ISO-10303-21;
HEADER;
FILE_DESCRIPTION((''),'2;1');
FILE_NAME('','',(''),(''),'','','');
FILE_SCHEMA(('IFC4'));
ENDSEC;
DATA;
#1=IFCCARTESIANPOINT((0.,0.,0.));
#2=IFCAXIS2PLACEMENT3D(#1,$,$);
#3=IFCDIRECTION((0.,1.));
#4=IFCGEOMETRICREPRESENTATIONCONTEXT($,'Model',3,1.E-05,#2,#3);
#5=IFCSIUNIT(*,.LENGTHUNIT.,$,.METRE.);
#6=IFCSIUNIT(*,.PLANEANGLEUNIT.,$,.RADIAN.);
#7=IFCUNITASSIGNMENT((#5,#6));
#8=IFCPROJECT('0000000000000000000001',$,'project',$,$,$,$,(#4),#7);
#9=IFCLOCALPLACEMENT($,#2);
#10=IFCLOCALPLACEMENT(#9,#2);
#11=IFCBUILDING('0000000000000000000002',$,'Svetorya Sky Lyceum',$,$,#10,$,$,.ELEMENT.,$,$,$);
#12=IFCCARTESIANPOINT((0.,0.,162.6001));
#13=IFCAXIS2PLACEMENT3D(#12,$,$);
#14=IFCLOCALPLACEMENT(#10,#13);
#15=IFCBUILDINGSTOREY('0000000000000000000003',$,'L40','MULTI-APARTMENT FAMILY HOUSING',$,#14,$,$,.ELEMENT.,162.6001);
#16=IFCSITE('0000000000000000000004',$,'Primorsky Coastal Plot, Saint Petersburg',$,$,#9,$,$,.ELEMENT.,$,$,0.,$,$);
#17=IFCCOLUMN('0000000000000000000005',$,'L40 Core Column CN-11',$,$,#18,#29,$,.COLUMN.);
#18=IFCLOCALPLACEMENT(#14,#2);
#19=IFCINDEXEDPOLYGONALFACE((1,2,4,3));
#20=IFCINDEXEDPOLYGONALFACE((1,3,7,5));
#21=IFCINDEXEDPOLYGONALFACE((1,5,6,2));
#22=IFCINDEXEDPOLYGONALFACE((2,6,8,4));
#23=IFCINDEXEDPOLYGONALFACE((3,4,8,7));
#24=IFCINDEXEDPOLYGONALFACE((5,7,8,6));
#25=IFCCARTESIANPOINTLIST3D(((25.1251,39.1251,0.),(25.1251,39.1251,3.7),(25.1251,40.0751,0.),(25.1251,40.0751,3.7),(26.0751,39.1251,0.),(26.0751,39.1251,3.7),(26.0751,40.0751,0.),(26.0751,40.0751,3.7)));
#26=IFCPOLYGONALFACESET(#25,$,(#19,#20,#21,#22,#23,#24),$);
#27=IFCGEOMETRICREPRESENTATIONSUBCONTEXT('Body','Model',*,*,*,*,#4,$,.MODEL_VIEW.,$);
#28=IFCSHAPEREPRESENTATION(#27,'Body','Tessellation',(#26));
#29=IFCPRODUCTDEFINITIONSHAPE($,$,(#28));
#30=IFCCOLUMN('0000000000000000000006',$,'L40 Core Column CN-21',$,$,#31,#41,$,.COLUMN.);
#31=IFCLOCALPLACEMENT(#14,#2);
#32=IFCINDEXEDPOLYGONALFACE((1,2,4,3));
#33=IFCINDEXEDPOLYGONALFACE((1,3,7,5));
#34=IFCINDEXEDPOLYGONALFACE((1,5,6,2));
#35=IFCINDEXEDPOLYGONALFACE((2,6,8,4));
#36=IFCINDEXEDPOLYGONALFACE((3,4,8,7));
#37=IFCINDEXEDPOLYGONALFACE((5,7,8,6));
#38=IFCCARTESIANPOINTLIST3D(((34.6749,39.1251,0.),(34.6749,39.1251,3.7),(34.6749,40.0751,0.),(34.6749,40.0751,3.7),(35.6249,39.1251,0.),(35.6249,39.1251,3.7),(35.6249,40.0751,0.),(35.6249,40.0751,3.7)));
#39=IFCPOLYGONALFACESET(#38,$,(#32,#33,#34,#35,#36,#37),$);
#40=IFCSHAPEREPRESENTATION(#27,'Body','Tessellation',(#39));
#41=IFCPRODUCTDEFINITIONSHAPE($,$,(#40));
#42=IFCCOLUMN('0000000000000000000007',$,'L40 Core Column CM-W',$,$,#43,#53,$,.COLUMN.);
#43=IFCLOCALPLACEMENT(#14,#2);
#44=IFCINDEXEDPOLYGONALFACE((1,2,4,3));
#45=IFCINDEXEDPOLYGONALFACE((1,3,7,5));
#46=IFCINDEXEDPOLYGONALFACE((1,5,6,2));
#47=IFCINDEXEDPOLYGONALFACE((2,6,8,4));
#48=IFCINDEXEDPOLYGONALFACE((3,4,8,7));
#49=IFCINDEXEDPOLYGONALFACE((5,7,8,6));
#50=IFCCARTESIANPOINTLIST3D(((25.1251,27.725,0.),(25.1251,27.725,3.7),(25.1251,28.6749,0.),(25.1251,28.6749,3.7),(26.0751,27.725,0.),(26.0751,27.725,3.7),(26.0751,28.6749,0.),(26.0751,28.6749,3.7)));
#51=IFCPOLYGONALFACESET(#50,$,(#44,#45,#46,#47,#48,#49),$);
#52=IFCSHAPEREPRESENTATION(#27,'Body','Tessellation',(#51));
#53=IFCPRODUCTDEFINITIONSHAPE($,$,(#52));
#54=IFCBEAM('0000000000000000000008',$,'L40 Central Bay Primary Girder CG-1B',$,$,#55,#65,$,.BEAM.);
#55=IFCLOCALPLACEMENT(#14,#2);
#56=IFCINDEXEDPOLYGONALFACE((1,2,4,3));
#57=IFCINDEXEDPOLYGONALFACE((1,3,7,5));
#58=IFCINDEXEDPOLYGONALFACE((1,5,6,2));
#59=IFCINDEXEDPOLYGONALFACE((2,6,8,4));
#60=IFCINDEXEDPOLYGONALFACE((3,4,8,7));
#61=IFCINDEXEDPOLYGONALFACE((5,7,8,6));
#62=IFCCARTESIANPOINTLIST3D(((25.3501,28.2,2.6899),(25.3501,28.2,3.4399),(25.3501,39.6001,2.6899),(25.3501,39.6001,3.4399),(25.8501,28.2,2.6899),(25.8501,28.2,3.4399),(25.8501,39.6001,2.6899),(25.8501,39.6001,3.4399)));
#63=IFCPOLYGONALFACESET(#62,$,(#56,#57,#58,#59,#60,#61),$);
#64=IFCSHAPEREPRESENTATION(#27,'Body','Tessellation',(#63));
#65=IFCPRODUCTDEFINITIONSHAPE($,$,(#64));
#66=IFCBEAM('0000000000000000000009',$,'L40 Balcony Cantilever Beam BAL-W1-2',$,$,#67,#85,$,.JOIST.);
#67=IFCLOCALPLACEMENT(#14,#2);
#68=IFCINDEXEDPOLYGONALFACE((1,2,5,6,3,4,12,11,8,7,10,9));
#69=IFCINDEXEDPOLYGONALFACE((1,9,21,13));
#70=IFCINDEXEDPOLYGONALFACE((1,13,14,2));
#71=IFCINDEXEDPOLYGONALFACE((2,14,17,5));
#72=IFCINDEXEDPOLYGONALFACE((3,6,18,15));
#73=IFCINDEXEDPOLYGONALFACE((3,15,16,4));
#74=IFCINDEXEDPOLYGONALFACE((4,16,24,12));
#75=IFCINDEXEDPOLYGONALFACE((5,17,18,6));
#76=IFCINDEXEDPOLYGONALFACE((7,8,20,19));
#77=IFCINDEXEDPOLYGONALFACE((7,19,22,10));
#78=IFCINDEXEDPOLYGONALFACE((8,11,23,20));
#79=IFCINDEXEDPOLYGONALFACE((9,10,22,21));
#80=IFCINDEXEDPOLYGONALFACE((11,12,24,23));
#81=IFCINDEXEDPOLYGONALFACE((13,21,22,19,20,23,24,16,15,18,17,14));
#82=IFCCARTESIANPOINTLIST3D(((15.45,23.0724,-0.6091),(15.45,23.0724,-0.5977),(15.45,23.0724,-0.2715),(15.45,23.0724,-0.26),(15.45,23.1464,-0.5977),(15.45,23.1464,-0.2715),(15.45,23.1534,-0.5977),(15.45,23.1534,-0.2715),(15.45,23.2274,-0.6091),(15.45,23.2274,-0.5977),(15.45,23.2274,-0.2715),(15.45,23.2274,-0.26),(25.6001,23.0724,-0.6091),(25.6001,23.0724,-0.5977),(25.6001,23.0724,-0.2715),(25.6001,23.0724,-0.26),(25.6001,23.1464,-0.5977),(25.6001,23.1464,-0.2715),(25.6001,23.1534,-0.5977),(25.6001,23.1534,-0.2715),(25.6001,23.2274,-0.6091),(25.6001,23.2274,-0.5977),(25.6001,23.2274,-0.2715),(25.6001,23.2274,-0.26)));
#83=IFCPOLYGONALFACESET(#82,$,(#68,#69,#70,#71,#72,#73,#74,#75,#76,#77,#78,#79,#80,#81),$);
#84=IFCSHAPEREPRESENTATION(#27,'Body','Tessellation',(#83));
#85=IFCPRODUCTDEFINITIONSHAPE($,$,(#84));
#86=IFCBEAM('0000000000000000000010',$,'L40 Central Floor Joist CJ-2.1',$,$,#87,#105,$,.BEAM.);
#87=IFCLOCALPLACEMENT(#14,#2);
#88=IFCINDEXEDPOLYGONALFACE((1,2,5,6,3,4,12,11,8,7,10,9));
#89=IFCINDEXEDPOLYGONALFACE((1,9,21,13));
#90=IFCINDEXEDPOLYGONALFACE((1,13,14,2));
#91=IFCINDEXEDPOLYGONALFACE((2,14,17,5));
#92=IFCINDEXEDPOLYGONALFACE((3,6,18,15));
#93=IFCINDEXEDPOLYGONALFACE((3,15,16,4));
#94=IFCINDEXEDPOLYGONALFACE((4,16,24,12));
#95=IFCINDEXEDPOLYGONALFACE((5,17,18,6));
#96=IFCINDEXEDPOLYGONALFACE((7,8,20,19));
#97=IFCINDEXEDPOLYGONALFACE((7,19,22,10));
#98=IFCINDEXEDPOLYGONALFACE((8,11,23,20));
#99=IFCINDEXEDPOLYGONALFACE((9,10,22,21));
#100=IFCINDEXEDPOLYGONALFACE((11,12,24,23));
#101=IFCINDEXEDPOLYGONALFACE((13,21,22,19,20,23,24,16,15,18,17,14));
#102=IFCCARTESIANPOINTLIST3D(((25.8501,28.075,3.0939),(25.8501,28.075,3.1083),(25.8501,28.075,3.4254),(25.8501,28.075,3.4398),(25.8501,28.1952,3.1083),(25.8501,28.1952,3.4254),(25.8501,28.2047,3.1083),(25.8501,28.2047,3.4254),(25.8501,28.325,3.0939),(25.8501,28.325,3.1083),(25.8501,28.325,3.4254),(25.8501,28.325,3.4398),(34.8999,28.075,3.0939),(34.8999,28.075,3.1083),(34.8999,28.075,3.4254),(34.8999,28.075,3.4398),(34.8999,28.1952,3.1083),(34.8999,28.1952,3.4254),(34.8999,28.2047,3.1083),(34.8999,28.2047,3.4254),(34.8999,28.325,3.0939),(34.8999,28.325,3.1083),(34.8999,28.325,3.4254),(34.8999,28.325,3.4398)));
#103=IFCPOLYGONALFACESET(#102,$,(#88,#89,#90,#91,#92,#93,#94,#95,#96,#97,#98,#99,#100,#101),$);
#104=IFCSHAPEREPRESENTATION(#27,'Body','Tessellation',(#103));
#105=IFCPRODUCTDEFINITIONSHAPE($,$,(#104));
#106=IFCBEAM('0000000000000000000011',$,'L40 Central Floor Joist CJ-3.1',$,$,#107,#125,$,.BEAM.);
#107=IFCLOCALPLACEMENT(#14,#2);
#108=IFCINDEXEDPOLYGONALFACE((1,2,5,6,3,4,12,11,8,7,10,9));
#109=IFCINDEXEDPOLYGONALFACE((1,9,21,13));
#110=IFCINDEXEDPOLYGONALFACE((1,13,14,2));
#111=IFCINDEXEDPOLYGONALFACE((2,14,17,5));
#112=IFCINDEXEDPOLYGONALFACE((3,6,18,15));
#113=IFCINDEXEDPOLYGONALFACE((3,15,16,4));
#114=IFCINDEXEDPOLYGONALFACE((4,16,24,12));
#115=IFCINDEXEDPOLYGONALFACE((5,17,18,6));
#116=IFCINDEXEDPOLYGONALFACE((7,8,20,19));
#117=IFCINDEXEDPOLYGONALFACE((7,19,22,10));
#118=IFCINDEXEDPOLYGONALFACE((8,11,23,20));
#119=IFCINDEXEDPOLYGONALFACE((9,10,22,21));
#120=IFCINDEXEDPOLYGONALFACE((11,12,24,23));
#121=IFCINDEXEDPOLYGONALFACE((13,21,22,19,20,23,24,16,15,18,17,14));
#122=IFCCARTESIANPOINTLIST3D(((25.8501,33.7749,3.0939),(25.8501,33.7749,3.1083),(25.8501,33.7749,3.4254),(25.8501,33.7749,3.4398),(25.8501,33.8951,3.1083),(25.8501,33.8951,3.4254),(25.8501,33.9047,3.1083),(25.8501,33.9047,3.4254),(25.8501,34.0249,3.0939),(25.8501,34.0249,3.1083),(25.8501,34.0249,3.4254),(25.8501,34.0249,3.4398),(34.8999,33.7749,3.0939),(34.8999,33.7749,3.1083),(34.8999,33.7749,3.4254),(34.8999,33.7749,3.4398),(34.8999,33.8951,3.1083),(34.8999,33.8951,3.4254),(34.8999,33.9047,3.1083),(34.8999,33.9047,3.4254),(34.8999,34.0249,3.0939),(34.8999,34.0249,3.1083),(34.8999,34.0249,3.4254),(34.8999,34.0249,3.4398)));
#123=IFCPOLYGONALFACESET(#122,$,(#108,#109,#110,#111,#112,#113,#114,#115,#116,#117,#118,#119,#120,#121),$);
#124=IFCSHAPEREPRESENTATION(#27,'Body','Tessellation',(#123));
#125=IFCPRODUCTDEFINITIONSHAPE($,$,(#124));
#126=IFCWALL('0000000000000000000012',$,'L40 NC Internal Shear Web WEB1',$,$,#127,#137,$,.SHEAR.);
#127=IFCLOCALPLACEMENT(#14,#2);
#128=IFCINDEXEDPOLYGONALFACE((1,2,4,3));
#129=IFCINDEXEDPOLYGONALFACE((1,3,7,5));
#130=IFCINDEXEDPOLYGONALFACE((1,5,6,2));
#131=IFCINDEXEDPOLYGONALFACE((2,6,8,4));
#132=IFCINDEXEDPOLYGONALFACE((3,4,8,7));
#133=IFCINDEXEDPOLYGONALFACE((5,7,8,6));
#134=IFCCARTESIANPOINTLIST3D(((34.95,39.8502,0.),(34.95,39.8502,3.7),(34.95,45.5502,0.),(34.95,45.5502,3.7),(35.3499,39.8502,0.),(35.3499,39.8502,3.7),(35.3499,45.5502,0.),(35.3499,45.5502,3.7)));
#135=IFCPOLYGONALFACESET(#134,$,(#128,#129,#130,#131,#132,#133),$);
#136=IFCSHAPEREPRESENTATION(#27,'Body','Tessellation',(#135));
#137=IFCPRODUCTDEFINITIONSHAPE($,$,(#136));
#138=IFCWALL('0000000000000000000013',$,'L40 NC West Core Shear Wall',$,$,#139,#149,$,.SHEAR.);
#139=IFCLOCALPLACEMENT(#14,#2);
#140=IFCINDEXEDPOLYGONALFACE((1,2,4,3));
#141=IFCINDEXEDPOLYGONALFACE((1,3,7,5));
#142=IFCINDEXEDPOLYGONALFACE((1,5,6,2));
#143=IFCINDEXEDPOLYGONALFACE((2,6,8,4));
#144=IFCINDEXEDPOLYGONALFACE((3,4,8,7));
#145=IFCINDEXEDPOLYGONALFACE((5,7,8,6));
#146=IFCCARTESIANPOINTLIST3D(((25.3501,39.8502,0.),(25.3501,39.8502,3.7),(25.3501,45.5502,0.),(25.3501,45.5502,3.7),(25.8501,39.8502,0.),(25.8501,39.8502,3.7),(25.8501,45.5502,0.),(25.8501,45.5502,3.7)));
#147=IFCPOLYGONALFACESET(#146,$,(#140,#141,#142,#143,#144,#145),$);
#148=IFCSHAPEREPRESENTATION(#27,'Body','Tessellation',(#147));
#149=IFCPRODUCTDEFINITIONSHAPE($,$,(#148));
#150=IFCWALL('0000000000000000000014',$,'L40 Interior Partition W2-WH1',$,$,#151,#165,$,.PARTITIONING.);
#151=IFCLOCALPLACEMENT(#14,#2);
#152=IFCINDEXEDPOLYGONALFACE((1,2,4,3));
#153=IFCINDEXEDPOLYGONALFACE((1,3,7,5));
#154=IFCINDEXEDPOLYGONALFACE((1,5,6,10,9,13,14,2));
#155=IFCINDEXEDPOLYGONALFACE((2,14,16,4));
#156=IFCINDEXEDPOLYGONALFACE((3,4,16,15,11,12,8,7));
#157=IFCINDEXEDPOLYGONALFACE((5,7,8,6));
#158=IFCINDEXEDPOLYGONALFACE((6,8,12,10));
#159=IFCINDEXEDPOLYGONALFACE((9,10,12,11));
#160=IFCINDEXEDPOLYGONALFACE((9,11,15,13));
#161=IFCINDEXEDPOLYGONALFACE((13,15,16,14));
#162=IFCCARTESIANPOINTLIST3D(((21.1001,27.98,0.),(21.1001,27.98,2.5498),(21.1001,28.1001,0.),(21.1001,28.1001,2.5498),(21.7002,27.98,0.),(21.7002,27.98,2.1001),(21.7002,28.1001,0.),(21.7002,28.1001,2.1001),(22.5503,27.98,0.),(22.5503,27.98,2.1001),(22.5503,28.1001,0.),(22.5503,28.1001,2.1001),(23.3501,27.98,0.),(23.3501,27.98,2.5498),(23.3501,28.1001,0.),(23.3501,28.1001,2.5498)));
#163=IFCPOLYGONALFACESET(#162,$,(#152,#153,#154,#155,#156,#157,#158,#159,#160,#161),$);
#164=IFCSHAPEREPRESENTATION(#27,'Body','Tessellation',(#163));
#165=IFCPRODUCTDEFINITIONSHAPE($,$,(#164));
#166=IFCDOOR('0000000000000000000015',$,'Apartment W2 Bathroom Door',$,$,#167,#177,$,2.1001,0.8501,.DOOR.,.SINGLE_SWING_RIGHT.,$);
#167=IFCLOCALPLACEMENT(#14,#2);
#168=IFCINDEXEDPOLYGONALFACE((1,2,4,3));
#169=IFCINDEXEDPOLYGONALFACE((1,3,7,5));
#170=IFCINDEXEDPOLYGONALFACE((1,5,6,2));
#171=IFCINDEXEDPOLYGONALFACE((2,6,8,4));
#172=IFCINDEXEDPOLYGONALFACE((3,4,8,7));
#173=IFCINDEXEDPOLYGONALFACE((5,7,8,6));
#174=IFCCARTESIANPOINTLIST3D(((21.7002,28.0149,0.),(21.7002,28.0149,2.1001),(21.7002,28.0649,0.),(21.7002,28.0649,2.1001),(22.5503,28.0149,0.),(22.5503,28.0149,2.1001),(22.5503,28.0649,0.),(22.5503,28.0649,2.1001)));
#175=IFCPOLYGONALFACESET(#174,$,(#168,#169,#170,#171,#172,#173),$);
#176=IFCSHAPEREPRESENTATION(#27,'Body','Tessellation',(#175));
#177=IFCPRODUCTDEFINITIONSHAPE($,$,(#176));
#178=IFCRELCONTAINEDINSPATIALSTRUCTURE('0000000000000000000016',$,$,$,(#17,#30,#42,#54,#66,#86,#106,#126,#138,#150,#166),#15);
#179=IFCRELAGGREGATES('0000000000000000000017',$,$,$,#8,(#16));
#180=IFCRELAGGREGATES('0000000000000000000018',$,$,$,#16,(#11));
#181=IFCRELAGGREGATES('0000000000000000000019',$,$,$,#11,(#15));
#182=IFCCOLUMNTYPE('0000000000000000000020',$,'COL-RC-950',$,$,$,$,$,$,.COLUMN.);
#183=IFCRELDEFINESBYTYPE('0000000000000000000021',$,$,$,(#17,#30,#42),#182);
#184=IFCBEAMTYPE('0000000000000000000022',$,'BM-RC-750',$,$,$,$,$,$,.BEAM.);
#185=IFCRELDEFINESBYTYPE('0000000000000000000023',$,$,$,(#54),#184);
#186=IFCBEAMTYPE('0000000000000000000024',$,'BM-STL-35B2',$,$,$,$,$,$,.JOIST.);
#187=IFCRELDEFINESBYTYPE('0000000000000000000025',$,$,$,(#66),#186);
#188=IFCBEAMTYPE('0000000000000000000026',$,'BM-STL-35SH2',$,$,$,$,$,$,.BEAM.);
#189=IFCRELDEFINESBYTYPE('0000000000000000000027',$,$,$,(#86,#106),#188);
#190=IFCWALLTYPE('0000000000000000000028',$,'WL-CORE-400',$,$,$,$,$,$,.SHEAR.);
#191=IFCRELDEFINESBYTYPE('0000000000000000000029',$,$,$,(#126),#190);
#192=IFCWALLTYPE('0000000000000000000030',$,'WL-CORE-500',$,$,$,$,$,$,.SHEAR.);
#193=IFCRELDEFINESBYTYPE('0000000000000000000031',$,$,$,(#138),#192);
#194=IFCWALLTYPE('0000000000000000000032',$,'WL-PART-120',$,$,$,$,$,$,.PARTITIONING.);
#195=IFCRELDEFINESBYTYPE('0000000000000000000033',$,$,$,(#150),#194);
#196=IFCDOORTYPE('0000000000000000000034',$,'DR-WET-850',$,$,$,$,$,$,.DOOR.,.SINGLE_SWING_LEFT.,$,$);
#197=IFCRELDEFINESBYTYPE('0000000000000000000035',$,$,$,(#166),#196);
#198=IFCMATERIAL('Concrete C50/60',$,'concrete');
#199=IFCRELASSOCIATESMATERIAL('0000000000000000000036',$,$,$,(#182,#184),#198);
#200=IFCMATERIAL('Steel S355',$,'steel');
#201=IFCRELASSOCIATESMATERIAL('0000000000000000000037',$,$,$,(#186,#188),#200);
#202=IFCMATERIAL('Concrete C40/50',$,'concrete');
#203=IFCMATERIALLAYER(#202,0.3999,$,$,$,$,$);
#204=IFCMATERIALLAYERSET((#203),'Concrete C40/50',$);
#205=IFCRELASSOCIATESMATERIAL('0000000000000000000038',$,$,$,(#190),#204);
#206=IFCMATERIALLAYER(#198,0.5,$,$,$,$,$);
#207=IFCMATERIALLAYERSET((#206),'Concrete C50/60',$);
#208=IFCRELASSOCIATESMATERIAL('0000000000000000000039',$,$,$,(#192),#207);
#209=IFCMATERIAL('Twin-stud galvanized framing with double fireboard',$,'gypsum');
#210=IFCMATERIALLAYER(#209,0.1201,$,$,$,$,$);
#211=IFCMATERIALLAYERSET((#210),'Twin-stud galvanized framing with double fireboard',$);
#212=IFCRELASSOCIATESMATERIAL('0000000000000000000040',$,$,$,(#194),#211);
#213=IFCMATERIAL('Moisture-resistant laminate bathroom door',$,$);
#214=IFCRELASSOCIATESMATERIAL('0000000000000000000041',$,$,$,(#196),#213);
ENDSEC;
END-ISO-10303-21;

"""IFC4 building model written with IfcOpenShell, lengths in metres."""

from ifc_helpers import new_model, si_unit, direction, frame, frame_2d, origin, origin_2d, place, context, subcontext, project, spatial, rectangle, i_section, extrude, material, layer, layer_set, material_profile, profile_set, type_object, element, fill, save


model = new_model("IFC4")

# Units and contexts
model_context = context("Model", 3, precision=1e-05, world=origin(), true_north=direction((0.0, 1.0)))
body_context = subcontext(model_context, "Body", "Model", "MODEL_VIEW")
ifc_project = project(units=[si_unit("LENGTHUNIT", "METRE"), si_unit("PLANEANGLEUNIT", "RADIAN")], contexts=[model_context])

# Site, building, storey
site_placement = place(None, origin())
site = spatial("IfcSite", under=ifc_project, at=site_placement, Name="Primorsky Coastal Plot, Saint Petersburg", CompositionType="ELEMENT", RefElevation=0.0)
building_placement = place(site_placement, origin())
building = spatial("IfcBuilding", under=site, at=building_placement, Name="Svetorya Sky Lyceum", CompositionType="ELEMENT")
storey_placement = place(building_placement, frame((0.0, 0.0, 162.6001)))
storey = spatial("IfcBuildingStorey", under=building, at=storey_placement, Name="L40", Description="MULTI-APARTMENT FAMILY HOUSING", CompositionType="ELEMENT", Elevation=162.6001)

# Columns
ifc_material_1 = material(Name="Concrete C50/60", Category="concrete")
ifc_material_profile_1 = material_profile(ifc_material_1, rectangle(XDim=0.95, YDim=0.95, at=origin_2d()), Name="RC COL 950x950")
ifc_profile_set_1 = profile_set([ifc_material_profile_1], Name="Concrete C50/60")
column_type = type_object("IfcColumnType", Name="COL-RC-950", PredefinedType="COLUMN", material=ifc_profile_set_1)
for number, where, z_axis, x_axis, name in (
    (1, (25.6001, 39.6001, 0.0), (0.0, 0.0, 1.0), (1.0, 0.0, 0.0), "L40 Core Column CN-11"),
    (2, (35.1499, 39.6001, 0.0), (0.0, 0.0, 1.0), (1.0, 0.0, 0.0), "L40 Core Column CN-21"),
    (3, (25.6001, 28.2, 0.0), (0.0, 0.0, 1.0), (1.0, 0.0, 0.0), "L40 Core Column CM-W"),
):
    element("IfcColumn", number, at=place(storey_placement, frame(where, z_axis=z_axis, x_axis=x_axis)), inside=storey, type_object=column_type, Name=name, PredefinedType="COLUMN", context=body_context, shape_type="SweptSolid", body=[
        extrude(rectangle(XDim=0.95, YDim=0.95, at=origin_2d()), origin(), (0.0, 0.0, 1.0), 3.7),
    ])

# Beams
ifc_material_profile_2 = material_profile(ifc_material_1, rectangle(XDim=0.5, YDim=0.75, at=origin_2d()), Name="RC BEAM 500x750")
ifc_profile_set_2 = profile_set([ifc_material_profile_2], Name="Concrete C50/60")
beam_type_1 = type_object("IfcBeamType", Name="BM-RC-750", PredefinedType="BEAM", material=ifc_profile_set_2)
beam_1_placement = place(storey_placement, frame((25.6001, 28.2, 3.0649), z_axis=(0.0, 1.0, 0.0), x_axis=(-1.0, 0.0, 0.0)))
element("IfcBeam", 4, at=beam_1_placement, inside=storey, type_object=beam_type_1, Name="L40 Central Bay Primary Girder CG-1B", PredefinedType="BEAM", context=body_context, shape_type="SweptSolid", body=[
    extrude(rectangle(XDim=0.5, YDim=0.75, at=origin_2d()), origin(), (0.0, 0.0, 1.0), 11.4001),
])
ifc_material_2 = material(Name="Steel S355", Category="steel")
ifc_material_profile_3 = material_profile(ifc_material_2, i_section(OverallWidth=0.155, OverallDepth=0.3491, WebThickness=0.0071, FlangeThickness=0.0115, at=origin_2d()), Name="GOST 35B2")
ifc_profile_set_3 = profile_set([ifc_material_profile_3], Name="Steel S355")
beam_type_2 = type_object("IfcBeamType", Name="BM-STL-35B2", PredefinedType="JOIST", material=ifc_profile_set_3)
beam_2_placement = place(storey_placement, frame((25.6001, 23.1499, -0.4346), z_axis=(-1.0, 0.0, 0.0), x_axis=(0.0, -1.0, 0.0)))
element("IfcBeam", 5, at=beam_2_placement, inside=storey, type_object=beam_type_2, Name="L40 Balcony Cantilever Beam BAL-W1-2", PredefinedType="JOIST", context=body_context, shape_type="SweptSolid", body=[
    extrude(i_section(OverallWidth=0.155, OverallDepth=0.3491, WebThickness=0.0071, FlangeThickness=0.0115, at=origin_2d()), origin(), (0.0, 0.0, 1.0), 10.1501),
])
ifc_material_profile_4 = material_profile(ifc_material_2, i_section(OverallWidth=0.25, OverallDepth=0.3459, WebThickness=0.0095, FlangeThickness=0.0144, at=origin_2d()), Name="GOST 35Sh2")
ifc_profile_set_4 = profile_set([ifc_material_profile_4], Name="Steel S355")
beam_type_3 = type_object("IfcBeamType", Name="BM-STL-35SH2", PredefinedType="BEAM", material=ifc_profile_set_4)
for number, where, z_axis, x_axis, name in (
    (6, (25.8501, 28.2, 3.2668), (1.0, 0.0, 0.0), (0.0, 1.0, 0.0), "L40 Central Floor Joist CJ-2.1"),
    (7, (25.8501, 33.8999, 3.2668), (1.0, 0.0, 0.0), (0.0, 1.0, 0.0), "L40 Central Floor Joist CJ-3.1"),
):
    element("IfcBeam", number, at=place(storey_placement, frame(where, z_axis=z_axis, x_axis=x_axis)), inside=storey, type_object=beam_type_3, Name=name, PredefinedType="BEAM", context=body_context, shape_type="SweptSolid", body=[
        extrude(i_section(OverallWidth=0.25, OverallDepth=0.3459, WebThickness=0.0095, FlangeThickness=0.0144, at=origin_2d()), origin(), (0.0, 0.0, 1.0), 9.0498),
    ])

# Walls
ifc_material_3 = material(Name="Concrete C40/50", Category="concrete")
ifc_layer_1 = layer(ifc_material_3, 0.3999)
ifc_layer_set_1 = layer_set([ifc_layer_1], Name="Concrete C40/50")
wall_type_1 = type_object("IfcWallType", Name="WL-CORE-400", PredefinedType="SHEAR", material=ifc_layer_set_1)
wall_1_placement = place(storey_placement, frame((35.1499, 39.8501, 0.0), z_axis=(0.0, 0.0, 1.0), x_axis=(0.0, 1.0, 0.0)))
element("IfcWall", 8, at=wall_1_placement, inside=storey, type_object=wall_type_1, Name="L40 NC Internal Shear Web WEB1", PredefinedType="SHEAR", context=body_context, shape_type="SweptSolid", body=[
    extrude(rectangle(XDim=5.7, YDim=0.3999, at=frame_2d((2.8501, 0.0))), origin(), (0.0, 0.0, 1.0), 3.7),
])
ifc_layer_2 = layer(ifc_material_1, 0.5)
ifc_layer_set_2 = layer_set([ifc_layer_2], Name="Concrete C50/60")
wall_type_2 = type_object("IfcWallType", Name="WL-CORE-500", PredefinedType="SHEAR", material=ifc_layer_set_2)
wall_2_placement = place(storey_placement, frame((25.6001, 39.8501, 0.0), z_axis=(0.0, 0.0, 1.0), x_axis=(0.0, 1.0, 0.0)))
element("IfcWall", 9, at=wall_2_placement, inside=storey, type_object=wall_type_2, Name="L40 NC West Core Shear Wall", PredefinedType="SHEAR", context=body_context, shape_type="SweptSolid", body=[
    extrude(rectangle(XDim=5.7, YDim=0.5, at=frame_2d((2.8501, 0.0))), origin(), (0.0, 0.0, 1.0), 3.7),
])

# Wall, opening, door
ifc_material_4 = material(Name="Twin-stud galvanized framing with double fireboard", Category="gypsum")
ifc_layer_3 = layer(ifc_material_4, 0.1201)
ifc_layer_set_3 = layer_set([ifc_layer_3], Name="Twin-stud galvanized framing with double fireboard")
wall_type_3 = type_object("IfcWallType", Name="WL-PART-120", PredefinedType="PARTITIONING", material=ifc_layer_set_3)
wall_3_placement = place(storey_placement, frame((21.1001, 28.04, 0.0), z_axis=(0.0, 0.0, 1.0), x_axis=(1.0, 0.0, 0.0)))
wall_3 = element("IfcWall", 10, at=wall_3_placement, inside=storey, type_object=wall_type_3, Name="L40 Interior Partition W2-WH1", PredefinedType="PARTITIONING", context=body_context, shape_type="SweptSolid", body=[
    extrude(rectangle(XDim=2.25, YDim=0.1201, at=frame_2d((1.125, 0.0))), origin(), (0.0, 0.0, 1.0), 2.5498),
])
opening_1_placement = place(wall_3_placement, frame((0.6001, 0.0, 0.0)))
opening_1 = element("IfcOpeningElement", 11, at=opening_1_placement, cuts=wall_3, PredefinedType="OPENING", context=body_context, shape_type="SweptSolid", body=[
    extrude(rectangle(XDim=0.8501, YDim=2.1001, at=frame_2d((0.425, 1.05))), frame((0.0, 0.0701, 0.0), z_axis=(0.0, -1.0, 0.0), x_axis=(1.0, 0.0, 0.0)), (0.0, 0.0, 1.0), 0.1401),
])
ifc_material_5 = material(Name="Moisture-resistant laminate bathroom door")
door_type_1 = type_object("IfcDoorType", Name="DR-WET-850", OperationType="SINGLE_SWING_LEFT", PredefinedType="DOOR", material=ifc_material_5)
door_1_placement = place(opening_1_placement, origin())
door_1 = element("IfcDoor", 12, at=door_1_placement, inside=storey, type_object=door_type_1, Name="Apartment W2 Bathroom Door", OperationType="SINGLE_SWING_RIGHT", OverallHeight=2.1001, OverallWidth=0.8501, PredefinedType="DOOR", context=body_context, shape_type="SweptSolid", body=[
    extrude(rectangle(XDim=0.8501, YDim=2.1001, at=frame_2d((0.425, 1.05))), frame((0.0, 0.0249, 0.0), z_axis=(0.0, -1.0, 0.0), x_axis=(1.0, 0.0, 0.0)), (0.0, 0.0, 1.0), 0.05),
])
fill(opening_1, door_1)

save(model, "model.ifc")
